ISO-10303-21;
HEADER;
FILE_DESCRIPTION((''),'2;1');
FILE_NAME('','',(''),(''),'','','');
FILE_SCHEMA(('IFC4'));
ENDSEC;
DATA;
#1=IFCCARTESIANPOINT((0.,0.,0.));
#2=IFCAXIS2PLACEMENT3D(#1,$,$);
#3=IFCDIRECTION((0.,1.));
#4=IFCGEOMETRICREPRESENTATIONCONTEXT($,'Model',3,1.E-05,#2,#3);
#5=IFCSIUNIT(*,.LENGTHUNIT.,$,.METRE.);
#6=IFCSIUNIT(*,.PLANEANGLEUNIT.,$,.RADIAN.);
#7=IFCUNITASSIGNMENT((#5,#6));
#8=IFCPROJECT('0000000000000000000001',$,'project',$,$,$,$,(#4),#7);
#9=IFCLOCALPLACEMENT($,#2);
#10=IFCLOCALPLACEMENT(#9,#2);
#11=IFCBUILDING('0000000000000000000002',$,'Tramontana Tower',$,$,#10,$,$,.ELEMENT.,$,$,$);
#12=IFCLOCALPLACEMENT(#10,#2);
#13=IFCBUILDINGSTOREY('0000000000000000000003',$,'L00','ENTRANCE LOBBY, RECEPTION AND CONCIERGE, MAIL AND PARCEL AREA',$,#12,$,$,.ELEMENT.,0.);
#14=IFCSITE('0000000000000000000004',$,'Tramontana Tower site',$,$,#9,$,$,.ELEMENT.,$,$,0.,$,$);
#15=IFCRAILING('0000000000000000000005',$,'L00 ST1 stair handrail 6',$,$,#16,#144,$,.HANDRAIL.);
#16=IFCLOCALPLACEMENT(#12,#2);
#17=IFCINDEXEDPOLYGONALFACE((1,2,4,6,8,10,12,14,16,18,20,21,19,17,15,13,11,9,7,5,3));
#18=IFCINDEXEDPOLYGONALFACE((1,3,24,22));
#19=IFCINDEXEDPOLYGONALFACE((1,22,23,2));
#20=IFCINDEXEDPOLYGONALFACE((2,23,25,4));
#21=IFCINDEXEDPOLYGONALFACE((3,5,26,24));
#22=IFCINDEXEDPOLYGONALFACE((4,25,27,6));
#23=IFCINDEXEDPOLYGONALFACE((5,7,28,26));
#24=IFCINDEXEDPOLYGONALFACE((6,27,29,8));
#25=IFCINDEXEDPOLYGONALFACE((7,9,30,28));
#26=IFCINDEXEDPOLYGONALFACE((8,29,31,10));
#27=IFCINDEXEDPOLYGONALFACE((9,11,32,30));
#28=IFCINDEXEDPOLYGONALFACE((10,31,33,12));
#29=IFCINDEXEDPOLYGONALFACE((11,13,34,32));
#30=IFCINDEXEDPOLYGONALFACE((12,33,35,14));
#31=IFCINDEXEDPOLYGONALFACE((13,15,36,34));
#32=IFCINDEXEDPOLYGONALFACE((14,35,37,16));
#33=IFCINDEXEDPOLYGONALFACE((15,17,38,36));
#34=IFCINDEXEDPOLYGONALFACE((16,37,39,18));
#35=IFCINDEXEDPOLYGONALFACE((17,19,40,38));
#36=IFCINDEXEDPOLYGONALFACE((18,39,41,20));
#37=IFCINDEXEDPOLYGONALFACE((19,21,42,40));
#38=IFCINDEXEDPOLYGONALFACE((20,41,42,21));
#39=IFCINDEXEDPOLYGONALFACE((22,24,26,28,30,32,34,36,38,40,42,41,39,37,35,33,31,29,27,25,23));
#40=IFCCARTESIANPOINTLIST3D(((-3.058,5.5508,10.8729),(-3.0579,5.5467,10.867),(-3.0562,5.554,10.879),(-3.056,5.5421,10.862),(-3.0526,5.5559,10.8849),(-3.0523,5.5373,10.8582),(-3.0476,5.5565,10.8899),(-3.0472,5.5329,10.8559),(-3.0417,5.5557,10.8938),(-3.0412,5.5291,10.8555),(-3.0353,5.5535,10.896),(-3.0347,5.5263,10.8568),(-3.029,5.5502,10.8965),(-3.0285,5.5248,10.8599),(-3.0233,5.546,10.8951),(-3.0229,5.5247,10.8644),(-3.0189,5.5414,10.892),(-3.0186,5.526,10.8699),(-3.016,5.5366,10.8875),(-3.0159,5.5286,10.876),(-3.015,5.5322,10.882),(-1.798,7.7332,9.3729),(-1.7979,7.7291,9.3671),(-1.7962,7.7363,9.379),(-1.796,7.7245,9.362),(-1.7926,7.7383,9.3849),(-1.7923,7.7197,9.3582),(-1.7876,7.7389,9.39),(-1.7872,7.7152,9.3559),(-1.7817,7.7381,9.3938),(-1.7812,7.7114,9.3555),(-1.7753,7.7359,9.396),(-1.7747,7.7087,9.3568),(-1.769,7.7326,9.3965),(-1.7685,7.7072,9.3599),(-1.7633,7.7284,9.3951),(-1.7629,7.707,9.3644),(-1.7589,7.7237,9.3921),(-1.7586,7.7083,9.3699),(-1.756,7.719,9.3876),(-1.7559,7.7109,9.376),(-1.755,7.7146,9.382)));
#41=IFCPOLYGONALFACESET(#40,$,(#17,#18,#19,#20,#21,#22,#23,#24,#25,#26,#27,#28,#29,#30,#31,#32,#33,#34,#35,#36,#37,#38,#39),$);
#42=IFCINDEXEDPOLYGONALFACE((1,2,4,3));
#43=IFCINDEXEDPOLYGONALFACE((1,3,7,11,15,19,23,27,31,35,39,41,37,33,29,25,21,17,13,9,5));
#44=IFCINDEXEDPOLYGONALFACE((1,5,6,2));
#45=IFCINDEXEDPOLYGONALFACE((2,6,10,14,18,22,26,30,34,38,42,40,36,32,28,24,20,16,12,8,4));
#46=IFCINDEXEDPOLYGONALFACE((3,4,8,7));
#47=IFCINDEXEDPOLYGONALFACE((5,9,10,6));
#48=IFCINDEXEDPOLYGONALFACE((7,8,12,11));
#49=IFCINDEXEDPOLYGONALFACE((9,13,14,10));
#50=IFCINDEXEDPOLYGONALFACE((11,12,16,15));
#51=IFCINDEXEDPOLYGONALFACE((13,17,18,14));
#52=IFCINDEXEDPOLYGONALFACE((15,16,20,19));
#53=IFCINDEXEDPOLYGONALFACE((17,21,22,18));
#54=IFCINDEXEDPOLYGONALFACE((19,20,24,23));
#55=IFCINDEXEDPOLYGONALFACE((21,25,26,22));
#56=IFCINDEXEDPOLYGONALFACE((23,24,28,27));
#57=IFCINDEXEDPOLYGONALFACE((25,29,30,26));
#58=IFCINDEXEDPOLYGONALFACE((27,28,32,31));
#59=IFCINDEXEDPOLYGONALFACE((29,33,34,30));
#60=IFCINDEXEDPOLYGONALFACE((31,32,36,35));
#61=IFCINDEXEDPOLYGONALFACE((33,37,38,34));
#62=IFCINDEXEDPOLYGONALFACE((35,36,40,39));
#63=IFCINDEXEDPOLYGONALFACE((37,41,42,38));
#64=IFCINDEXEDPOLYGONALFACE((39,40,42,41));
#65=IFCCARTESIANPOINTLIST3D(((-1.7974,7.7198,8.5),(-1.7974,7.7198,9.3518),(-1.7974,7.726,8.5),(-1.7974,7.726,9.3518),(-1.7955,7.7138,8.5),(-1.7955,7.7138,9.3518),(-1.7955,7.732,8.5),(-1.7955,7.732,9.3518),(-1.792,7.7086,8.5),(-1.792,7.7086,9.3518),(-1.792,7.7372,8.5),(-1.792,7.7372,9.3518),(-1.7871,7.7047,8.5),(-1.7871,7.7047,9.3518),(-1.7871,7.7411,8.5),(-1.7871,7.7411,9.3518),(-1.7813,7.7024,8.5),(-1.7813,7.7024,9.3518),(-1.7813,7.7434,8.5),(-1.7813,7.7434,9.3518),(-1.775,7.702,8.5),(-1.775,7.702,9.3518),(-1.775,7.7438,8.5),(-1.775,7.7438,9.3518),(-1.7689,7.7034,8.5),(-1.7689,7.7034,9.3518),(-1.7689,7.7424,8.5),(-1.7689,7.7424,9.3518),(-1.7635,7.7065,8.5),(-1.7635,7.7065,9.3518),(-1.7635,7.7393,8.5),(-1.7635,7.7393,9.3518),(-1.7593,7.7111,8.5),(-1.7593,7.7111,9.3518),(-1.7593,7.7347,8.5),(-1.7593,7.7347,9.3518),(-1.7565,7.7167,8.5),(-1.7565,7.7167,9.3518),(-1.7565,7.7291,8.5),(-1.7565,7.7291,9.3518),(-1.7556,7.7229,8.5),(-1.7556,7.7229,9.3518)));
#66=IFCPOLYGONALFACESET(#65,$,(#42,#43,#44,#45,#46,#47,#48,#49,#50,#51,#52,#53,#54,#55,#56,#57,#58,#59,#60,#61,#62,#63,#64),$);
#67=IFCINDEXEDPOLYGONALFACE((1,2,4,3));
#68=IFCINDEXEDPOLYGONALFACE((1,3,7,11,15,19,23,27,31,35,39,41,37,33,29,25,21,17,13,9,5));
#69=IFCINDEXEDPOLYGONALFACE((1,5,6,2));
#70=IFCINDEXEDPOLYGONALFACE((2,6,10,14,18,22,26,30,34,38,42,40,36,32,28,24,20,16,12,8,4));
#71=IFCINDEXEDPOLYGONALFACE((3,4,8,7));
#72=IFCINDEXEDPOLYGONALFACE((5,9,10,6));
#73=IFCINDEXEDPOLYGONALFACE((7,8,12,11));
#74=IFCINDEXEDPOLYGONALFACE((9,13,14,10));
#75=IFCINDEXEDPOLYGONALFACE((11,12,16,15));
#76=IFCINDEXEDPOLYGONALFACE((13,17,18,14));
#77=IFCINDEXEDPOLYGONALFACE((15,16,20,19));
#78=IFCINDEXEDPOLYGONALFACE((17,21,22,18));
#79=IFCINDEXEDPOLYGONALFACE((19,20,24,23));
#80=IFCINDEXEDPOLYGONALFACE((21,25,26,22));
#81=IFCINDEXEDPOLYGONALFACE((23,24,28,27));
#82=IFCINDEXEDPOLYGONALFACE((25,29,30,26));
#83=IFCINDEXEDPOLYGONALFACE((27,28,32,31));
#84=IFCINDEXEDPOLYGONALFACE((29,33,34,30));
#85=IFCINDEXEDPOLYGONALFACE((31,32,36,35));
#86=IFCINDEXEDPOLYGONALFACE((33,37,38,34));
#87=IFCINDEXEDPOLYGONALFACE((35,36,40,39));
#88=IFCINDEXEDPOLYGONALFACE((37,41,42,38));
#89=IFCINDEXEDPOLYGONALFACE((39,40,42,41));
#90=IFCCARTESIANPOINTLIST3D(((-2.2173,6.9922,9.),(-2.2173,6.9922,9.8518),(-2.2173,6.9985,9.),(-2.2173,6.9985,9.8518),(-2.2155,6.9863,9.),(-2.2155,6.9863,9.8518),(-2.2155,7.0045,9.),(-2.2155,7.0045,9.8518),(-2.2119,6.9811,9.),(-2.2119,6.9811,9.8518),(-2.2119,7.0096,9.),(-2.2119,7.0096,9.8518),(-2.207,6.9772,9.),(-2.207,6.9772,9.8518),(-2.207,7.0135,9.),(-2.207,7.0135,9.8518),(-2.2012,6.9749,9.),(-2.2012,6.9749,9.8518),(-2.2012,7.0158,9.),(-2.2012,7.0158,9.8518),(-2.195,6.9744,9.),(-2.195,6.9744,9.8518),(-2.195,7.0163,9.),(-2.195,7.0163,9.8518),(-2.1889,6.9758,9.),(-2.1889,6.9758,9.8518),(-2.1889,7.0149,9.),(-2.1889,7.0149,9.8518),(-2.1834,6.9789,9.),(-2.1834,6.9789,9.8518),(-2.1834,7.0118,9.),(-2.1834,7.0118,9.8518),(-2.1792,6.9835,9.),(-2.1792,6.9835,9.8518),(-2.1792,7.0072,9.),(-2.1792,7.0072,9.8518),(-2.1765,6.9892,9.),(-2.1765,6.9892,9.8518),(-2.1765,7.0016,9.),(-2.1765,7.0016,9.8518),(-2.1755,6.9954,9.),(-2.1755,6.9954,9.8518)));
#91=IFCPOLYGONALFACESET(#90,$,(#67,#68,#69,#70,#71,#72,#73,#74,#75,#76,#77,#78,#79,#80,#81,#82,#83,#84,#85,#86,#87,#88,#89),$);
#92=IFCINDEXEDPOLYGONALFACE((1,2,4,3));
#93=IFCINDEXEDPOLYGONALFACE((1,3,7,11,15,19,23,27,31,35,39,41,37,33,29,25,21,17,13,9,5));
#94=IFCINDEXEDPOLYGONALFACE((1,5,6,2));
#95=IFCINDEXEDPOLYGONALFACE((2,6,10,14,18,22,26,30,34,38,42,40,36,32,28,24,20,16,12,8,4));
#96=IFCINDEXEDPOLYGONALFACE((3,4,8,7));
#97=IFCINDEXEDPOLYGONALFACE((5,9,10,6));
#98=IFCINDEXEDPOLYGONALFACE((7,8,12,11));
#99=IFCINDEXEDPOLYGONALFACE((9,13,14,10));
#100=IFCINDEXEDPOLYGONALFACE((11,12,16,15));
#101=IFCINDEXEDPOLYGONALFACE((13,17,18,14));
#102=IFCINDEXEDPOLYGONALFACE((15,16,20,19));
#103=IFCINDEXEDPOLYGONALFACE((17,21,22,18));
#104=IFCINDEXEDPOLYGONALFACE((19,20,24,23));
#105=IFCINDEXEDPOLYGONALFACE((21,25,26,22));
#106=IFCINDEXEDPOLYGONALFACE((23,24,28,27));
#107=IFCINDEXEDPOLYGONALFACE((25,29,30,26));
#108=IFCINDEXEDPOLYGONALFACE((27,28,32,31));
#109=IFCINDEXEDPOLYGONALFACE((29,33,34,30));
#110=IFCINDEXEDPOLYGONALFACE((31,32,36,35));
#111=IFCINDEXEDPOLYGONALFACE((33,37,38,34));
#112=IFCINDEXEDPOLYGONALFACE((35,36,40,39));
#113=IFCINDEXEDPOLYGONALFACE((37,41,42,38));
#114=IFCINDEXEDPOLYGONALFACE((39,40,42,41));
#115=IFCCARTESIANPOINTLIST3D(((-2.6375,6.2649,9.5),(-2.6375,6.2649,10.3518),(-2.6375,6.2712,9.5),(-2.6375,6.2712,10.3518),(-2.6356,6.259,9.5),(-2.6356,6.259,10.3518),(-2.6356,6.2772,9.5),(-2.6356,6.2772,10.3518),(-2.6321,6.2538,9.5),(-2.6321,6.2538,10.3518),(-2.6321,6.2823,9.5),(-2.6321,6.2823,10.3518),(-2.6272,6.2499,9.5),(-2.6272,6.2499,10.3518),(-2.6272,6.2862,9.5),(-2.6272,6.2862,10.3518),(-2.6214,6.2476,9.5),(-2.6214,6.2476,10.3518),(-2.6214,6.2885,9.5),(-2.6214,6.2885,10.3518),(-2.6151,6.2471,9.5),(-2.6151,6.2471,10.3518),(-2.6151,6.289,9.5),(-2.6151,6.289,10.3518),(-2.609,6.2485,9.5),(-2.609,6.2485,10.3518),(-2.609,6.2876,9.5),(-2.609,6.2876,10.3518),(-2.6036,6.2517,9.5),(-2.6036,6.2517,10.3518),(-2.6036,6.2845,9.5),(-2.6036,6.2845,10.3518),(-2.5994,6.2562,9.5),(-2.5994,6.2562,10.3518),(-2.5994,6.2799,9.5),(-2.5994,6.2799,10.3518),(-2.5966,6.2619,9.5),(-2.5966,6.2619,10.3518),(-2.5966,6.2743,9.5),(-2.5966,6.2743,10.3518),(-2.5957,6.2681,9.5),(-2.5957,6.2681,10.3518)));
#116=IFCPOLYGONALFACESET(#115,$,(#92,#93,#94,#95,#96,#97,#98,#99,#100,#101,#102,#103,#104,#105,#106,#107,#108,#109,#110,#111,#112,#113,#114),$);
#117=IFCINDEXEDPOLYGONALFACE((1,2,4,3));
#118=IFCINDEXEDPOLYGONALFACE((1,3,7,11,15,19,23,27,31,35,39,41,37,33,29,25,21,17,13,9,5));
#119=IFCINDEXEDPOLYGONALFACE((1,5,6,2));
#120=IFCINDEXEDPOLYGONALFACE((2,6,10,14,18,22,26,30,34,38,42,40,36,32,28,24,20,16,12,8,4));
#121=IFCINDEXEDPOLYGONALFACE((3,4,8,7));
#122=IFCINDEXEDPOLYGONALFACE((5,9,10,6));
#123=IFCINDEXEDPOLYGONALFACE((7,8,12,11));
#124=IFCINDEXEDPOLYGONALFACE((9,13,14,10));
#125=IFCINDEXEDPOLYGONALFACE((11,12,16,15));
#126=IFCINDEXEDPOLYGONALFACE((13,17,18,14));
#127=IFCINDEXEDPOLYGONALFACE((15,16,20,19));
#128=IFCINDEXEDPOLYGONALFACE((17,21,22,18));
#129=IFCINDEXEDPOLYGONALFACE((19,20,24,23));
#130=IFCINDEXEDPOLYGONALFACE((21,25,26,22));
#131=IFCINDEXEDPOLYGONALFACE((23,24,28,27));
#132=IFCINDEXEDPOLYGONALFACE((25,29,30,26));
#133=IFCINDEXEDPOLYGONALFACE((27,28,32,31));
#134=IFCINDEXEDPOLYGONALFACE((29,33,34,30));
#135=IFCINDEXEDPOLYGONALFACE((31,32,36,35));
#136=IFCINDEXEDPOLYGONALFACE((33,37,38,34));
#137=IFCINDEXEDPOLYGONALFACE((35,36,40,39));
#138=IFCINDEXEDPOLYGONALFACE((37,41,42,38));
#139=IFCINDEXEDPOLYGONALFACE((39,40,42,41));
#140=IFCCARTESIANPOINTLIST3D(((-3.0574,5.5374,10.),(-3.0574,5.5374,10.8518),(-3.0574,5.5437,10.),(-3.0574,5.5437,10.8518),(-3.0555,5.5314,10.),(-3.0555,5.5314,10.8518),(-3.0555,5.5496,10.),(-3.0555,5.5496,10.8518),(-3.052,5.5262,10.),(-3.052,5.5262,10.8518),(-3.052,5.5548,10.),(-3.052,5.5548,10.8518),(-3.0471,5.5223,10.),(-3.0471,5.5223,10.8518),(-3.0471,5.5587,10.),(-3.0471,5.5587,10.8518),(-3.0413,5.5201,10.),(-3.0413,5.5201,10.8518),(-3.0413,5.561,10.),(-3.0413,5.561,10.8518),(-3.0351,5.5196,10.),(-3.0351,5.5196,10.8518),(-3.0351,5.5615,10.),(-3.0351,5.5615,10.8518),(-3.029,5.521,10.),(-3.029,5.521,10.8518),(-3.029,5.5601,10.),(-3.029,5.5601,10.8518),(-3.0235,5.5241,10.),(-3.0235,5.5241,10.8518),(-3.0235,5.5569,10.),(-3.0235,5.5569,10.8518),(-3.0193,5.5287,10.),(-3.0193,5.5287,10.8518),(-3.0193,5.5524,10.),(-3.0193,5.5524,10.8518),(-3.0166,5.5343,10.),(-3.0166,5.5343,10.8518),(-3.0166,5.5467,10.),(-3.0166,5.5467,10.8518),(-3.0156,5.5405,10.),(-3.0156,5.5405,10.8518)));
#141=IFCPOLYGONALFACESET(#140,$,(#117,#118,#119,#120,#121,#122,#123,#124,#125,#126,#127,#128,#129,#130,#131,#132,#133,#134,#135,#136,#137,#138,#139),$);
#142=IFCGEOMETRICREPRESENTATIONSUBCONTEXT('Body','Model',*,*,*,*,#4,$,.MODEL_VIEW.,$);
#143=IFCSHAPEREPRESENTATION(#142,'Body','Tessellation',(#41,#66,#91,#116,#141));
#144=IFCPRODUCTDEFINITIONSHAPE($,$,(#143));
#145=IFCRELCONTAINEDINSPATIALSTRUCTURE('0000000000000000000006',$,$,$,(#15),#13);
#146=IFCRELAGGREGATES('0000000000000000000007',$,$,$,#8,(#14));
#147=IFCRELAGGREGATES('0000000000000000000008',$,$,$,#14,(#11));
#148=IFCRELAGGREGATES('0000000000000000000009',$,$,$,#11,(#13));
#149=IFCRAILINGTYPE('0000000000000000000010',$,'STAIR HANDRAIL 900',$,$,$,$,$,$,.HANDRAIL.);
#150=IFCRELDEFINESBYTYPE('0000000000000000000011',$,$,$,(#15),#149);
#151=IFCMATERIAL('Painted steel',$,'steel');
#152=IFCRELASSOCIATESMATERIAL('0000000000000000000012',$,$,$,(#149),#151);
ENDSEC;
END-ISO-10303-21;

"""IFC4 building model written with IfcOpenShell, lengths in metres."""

from ifc_helpers import new_model, si_unit, direction, frame, origin, origin_2d, place, context, subcontext, project, spatial, circle, extrude, material, type_object, element, save


model = new_model("IFC4")

# Units and contexts
model_context = context("Model", 3, precision=1e-05, world=origin(), true_north=direction((0.0, 1.0)))
body_context = subcontext(model_context, "Body", "Model", "MODEL_VIEW")
ifc_project = project(units=[si_unit("LENGTHUNIT", "METRE"), si_unit("PLANEANGLEUNIT", "RADIAN")], contexts=[model_context])

# Site, building, storey
site_placement = place(None, origin())
site = spatial("IfcSite", under=ifc_project, at=site_placement, Name="Tramontana Tower site", CompositionType="ELEMENT", RefElevation=0.0)
building_placement = place(site_placement, origin())
building = spatial("IfcBuilding", under=site, at=building_placement, Name="Tramontana Tower", CompositionType="ELEMENT")
storey_placement = place(building_placement, origin())
storey = spatial("IfcBuildingStorey", under=building, at=storey_placement, Name="L00", Description="ENTRANCE LOBBY, RECEPTION AND CONCIERGE, MAIL AND PARCEL AREA", CompositionType="ELEMENT", Elevation=0.0)

# Railing
ifc_material_1 = material(Name="Painted steel", Category="steel")
railing_type_1 = type_object("IfcRailingType", Name="STAIR HANDRAIL 900", PredefinedType="HANDRAIL", material=ifc_material_1)
for number, where, name in (
    (1, (-1.7766, 7.7229, 8.5), "L00 ST1 stair handrail 6"),
):
    element("IfcRailing", number, at=place(storey_placement, frame(where)), inside=storey, type_object=railing_type_1, Name=name, PredefinedType="HANDRAIL", context=body_context, shape_type="SweptSolid", body=[
        extrude(circle(Radius=0.0239, at=origin_2d()), frame((0.0, 0.0, 0.876), z_axis=(-0.42965, -0.744167, 0.511485), x_axis=(0.866023, -0.500005, 0.0)), (0.0, 0.0, 1.0), 2.9326),
        extrude(circle(Radius=0.021, at=origin_2d()), origin(), (0.0, 0.0, 1.0), 0.8518),
        extrude(circle(Radius=0.021, at=origin_2d()), frame((-0.4199, -0.7275, 0.5)), (0.0, 0.0, 1.0), 0.8518),
        extrude(circle(Radius=0.021, at=origin_2d()), frame((-0.8401, -1.4548, 1.0)), (0.0, 0.0, 1.0), 0.8518),
        extrude(circle(Radius=0.021, at=origin_2d()), frame((-1.26, -2.1824, 1.5)), (0.0, 0.0, 1.0), 0.8518),
    ])

save(model, "model.ifc")
